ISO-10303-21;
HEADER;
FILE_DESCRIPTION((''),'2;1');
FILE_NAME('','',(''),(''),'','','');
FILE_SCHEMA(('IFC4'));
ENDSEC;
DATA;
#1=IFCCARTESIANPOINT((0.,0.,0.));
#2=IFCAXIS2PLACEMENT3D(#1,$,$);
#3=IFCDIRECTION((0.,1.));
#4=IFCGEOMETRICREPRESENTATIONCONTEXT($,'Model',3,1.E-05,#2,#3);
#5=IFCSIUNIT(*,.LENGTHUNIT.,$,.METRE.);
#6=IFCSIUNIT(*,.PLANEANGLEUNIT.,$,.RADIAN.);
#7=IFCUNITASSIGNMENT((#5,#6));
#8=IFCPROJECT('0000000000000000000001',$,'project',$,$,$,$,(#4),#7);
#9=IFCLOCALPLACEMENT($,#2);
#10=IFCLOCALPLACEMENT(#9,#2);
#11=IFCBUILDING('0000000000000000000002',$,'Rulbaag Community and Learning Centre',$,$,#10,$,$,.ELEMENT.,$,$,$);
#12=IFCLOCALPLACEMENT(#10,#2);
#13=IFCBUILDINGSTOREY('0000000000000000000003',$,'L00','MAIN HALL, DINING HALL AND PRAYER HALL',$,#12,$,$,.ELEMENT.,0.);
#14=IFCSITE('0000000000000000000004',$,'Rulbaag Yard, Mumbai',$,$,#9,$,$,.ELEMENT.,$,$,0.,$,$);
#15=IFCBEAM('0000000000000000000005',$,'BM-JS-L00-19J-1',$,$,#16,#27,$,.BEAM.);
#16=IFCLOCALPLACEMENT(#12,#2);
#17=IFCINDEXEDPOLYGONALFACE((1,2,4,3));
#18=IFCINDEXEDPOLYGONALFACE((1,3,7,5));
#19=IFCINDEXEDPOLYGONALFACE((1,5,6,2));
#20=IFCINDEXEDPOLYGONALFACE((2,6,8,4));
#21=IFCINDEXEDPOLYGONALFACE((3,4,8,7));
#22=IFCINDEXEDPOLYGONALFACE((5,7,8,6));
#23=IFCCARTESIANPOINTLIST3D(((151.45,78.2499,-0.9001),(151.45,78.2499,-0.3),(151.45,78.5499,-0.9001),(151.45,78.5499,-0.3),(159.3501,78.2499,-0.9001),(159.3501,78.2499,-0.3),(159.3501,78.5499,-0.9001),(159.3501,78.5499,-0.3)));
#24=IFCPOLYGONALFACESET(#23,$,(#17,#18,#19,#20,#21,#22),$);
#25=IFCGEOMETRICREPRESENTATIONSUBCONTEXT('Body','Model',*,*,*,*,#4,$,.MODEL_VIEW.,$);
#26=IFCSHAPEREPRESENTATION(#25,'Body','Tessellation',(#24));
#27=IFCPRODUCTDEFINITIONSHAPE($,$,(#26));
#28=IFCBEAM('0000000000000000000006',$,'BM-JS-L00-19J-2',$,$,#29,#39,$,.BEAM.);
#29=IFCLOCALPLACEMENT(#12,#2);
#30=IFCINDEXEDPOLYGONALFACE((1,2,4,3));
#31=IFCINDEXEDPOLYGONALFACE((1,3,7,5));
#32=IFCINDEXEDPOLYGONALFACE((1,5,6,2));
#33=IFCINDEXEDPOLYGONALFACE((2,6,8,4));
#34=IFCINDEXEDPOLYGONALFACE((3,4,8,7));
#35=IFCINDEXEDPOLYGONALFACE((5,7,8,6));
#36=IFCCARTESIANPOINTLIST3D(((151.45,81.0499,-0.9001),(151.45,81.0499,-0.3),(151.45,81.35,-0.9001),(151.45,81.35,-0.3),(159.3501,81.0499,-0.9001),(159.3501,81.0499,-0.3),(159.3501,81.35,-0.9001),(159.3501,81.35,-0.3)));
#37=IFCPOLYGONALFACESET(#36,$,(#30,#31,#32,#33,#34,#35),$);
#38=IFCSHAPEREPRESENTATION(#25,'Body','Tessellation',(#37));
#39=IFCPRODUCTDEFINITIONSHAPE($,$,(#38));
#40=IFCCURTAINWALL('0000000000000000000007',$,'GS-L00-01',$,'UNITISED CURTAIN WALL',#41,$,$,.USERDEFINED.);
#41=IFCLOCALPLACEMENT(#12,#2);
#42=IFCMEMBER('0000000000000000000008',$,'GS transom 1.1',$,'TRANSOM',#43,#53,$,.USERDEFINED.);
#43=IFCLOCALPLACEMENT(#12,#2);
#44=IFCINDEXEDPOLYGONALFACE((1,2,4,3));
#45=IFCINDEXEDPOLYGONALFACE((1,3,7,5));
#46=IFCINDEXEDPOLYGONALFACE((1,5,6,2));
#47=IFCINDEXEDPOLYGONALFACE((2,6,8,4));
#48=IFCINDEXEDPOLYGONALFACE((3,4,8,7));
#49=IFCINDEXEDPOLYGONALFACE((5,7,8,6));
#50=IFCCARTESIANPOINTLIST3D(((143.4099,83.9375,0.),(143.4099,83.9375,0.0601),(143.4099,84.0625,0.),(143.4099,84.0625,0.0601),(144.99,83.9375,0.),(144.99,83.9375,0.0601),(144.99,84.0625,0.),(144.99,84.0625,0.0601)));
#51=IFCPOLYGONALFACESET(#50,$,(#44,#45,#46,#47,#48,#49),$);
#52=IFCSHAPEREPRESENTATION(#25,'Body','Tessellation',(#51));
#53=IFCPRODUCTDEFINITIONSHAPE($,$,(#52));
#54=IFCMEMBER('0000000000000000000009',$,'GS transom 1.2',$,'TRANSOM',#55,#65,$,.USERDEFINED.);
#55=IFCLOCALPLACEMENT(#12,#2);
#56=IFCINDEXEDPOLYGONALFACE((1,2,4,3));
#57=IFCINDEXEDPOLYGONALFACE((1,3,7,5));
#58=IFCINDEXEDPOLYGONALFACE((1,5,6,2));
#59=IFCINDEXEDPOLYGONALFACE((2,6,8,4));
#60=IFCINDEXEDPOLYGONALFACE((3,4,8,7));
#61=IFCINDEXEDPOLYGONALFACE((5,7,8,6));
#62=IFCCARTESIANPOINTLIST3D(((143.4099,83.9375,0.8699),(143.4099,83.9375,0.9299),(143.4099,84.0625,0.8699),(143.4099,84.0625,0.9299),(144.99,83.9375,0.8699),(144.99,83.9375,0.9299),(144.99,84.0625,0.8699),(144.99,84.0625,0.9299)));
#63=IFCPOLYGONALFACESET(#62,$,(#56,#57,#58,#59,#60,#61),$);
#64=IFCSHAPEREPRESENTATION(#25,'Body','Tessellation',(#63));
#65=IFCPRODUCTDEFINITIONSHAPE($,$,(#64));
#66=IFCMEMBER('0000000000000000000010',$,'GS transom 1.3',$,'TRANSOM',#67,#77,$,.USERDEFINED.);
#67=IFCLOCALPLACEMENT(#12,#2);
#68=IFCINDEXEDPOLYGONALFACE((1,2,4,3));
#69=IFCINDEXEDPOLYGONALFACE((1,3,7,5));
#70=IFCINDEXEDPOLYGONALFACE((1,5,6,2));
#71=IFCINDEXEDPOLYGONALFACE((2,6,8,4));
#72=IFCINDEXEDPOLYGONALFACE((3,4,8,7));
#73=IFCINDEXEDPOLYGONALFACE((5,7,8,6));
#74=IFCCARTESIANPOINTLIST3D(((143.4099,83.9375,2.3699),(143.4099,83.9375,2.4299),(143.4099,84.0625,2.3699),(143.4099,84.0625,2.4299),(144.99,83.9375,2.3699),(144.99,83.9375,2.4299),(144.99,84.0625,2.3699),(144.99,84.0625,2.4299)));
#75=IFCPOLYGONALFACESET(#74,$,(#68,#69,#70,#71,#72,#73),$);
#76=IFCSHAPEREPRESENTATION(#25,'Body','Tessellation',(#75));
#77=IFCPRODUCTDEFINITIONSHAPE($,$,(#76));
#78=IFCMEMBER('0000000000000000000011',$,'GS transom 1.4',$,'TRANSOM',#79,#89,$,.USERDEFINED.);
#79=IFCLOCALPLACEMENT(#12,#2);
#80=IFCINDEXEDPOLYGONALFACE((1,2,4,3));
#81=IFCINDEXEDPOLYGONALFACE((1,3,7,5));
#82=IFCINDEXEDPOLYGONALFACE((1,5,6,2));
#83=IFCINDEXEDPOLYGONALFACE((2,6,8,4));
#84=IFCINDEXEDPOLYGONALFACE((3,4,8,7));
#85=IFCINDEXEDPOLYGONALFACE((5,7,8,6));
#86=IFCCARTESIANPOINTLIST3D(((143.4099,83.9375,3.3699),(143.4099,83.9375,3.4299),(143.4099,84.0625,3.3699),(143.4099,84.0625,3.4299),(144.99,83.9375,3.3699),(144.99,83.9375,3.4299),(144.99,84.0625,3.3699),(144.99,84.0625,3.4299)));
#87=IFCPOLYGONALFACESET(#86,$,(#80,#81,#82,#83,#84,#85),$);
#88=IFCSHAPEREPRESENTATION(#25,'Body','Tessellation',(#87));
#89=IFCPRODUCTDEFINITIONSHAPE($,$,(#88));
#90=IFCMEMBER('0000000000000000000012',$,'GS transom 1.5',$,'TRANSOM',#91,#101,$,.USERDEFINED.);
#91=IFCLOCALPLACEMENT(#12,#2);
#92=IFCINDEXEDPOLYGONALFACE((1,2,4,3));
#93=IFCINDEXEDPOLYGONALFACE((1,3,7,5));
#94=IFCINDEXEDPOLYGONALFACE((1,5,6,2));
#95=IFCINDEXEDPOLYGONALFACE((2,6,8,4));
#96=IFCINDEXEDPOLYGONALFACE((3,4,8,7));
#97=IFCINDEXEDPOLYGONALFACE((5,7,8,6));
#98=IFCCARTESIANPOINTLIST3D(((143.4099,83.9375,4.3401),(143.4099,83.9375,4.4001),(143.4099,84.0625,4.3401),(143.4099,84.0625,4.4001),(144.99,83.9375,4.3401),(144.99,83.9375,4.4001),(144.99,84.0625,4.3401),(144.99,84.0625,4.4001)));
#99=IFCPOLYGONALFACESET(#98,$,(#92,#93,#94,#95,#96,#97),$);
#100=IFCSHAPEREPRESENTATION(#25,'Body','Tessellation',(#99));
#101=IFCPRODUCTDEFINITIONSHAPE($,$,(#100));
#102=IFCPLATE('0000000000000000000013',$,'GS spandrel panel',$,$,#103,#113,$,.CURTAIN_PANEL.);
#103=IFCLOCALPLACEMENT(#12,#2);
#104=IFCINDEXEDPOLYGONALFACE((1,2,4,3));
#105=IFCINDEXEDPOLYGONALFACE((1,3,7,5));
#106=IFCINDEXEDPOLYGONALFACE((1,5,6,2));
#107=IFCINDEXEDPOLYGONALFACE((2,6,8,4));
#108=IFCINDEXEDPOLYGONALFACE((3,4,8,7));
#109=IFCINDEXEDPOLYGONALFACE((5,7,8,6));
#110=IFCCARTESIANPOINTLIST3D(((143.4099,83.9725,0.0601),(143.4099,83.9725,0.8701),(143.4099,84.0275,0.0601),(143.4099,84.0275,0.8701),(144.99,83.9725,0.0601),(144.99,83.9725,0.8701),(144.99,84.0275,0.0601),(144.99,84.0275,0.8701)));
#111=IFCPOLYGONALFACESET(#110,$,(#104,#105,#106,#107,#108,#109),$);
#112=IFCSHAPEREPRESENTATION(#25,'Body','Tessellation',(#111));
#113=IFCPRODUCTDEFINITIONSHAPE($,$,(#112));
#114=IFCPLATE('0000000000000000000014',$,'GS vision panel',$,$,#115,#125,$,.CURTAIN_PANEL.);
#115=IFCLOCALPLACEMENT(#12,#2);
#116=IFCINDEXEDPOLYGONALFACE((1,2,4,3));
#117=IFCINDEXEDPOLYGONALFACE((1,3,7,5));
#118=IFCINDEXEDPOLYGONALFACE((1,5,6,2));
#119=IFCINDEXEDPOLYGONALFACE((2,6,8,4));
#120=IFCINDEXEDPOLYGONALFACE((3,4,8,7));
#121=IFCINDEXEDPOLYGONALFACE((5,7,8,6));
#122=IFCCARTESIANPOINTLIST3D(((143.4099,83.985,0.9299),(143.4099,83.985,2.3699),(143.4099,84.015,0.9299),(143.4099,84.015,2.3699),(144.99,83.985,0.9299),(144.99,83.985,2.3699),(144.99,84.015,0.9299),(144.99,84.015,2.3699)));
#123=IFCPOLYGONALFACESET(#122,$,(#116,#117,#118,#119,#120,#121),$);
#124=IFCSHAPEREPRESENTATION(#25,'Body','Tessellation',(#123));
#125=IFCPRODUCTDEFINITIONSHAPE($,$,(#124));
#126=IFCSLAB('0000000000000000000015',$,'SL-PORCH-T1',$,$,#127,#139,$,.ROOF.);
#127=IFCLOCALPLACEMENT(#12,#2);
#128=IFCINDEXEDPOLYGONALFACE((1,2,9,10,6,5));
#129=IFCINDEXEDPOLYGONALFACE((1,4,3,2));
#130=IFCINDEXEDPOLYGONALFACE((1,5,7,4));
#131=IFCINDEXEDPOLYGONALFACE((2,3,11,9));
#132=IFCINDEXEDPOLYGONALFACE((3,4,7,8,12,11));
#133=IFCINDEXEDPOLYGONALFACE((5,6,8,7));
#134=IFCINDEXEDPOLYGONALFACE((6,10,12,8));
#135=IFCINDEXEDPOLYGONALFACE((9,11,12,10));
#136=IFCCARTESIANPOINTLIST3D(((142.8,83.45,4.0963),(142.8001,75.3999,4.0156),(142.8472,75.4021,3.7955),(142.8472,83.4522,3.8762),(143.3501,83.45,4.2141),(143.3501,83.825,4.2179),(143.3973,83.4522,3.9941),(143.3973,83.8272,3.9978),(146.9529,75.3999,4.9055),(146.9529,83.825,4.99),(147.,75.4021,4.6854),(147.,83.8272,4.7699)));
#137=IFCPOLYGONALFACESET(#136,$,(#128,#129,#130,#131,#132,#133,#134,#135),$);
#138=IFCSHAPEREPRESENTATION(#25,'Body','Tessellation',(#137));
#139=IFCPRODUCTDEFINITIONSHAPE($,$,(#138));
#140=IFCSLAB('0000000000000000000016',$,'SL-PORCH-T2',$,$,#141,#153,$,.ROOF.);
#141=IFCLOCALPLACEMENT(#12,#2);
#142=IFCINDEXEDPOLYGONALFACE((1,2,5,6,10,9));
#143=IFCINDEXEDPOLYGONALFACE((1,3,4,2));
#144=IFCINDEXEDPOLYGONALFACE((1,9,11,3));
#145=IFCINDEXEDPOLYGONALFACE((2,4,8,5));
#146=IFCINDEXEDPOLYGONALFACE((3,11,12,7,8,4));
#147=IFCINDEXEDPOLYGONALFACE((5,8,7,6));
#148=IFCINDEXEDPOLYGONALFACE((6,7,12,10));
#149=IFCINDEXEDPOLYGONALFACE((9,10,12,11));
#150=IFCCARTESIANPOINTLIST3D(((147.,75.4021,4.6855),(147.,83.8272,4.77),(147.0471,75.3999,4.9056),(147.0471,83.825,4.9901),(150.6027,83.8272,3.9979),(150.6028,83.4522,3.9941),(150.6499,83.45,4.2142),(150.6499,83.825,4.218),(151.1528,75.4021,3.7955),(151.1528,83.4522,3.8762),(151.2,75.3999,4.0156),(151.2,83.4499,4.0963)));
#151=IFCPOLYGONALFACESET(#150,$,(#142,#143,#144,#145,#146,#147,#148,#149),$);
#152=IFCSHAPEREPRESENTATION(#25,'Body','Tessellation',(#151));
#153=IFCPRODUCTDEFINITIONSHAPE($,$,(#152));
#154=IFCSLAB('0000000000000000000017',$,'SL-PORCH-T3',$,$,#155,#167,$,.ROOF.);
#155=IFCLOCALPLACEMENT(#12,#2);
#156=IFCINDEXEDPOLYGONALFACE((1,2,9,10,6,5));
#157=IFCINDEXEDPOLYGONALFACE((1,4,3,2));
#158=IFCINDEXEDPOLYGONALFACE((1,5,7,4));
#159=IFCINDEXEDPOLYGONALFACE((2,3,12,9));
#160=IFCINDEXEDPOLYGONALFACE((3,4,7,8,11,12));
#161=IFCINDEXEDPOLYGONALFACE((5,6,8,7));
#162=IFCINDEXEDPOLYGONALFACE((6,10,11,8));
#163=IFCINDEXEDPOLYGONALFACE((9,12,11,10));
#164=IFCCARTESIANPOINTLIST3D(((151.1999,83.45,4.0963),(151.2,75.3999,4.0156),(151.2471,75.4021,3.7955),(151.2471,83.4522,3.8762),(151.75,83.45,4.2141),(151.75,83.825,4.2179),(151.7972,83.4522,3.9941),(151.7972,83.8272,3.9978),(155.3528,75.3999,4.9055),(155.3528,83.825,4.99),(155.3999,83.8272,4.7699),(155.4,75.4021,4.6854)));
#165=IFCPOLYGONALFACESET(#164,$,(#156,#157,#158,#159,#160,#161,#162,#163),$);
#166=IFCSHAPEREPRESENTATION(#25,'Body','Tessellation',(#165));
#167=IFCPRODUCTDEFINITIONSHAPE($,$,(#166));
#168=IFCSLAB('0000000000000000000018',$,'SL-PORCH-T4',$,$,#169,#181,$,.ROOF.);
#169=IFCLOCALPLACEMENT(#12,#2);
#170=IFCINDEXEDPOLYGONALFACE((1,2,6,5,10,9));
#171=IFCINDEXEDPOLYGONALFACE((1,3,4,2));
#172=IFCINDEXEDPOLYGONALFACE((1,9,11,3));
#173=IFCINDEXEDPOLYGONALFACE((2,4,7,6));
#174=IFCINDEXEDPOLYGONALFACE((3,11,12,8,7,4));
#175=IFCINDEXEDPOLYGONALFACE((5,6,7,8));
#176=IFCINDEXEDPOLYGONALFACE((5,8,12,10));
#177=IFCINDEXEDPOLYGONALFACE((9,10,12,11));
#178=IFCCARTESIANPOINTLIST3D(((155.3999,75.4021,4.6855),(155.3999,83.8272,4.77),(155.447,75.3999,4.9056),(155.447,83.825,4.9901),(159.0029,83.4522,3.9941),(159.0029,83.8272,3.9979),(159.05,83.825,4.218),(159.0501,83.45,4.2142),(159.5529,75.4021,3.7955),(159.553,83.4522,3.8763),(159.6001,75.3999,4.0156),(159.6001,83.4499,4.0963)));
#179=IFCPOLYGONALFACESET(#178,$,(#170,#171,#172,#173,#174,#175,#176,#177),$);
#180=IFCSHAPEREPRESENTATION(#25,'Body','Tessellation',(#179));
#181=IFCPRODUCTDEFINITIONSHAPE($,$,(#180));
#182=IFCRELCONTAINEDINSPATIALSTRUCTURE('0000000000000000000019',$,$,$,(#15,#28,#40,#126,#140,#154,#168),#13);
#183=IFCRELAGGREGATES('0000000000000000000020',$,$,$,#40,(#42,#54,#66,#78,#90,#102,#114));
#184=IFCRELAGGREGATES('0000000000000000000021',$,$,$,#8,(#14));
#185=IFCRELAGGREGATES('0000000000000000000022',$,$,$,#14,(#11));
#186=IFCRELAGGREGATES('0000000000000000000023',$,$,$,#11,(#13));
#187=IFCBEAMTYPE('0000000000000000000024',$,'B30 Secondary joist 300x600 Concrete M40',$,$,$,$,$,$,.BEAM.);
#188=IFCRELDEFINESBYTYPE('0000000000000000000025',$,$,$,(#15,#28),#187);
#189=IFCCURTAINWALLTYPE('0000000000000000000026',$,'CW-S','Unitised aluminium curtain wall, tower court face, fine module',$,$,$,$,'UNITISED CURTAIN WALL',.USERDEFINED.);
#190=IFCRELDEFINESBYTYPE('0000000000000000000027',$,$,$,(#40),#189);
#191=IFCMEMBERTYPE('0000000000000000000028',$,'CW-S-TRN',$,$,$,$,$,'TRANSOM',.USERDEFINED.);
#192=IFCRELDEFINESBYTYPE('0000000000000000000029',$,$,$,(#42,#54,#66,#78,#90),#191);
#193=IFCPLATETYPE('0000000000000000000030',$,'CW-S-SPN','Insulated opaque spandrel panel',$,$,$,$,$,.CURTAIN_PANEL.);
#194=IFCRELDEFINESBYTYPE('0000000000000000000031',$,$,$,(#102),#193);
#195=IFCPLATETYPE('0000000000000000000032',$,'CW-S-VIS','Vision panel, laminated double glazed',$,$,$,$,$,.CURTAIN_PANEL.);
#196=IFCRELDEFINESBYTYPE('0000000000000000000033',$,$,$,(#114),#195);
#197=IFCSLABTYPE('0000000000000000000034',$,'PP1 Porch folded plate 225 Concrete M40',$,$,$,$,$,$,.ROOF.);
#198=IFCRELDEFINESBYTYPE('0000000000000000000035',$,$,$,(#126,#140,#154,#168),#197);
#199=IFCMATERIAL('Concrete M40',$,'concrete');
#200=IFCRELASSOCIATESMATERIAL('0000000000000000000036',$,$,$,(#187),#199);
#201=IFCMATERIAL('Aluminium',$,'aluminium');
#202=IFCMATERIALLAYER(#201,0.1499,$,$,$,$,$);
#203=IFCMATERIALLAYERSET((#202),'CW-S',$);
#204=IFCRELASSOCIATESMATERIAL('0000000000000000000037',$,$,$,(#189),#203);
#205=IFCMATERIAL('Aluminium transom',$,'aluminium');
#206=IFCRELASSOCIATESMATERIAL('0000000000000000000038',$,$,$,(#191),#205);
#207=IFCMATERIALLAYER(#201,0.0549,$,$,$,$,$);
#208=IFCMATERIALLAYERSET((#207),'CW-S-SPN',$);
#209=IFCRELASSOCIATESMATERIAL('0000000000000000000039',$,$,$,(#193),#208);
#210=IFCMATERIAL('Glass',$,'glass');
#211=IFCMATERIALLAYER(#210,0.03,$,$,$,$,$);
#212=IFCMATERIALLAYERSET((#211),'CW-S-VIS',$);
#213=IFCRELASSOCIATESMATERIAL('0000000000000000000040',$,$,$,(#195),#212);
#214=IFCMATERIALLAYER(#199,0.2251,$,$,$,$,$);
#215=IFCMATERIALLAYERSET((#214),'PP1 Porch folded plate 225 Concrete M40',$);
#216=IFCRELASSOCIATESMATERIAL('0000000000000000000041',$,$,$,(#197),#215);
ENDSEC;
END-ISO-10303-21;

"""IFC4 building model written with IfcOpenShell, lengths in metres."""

from ifc_helpers import new_model, si_unit, direction, frame, origin, origin_2d, place, context, subcontext, project, spatial, polyline, rectangle, outline, extrude, material, layer, layer_set, material_profile, profile_set, type_object, element, aggregate, save


model = new_model("IFC4")

# Units and contexts
model_context = context("Model", 3, precision=1e-05, world=origin(), true_north=direction((0.0, 1.0)))
body_context = subcontext(model_context, "Body", "Model", "MODEL_VIEW")
ifc_project = project(units=[si_unit("LENGTHUNIT", "METRE"), si_unit("PLANEANGLEUNIT", "RADIAN")], contexts=[model_context])

# Site, building, storey
site_placement = place(None, origin())
site = spatial("IfcSite", under=ifc_project, at=site_placement, Name="Rulbaag Yard, Mumbai", CompositionType="ELEMENT", RefElevation=0.0)
building_placement = place(site_placement, origin())
building = spatial("IfcBuilding", under=site, at=building_placement, Name="Rulbaag Community and Learning Centre", CompositionType="ELEMENT")
storey_placement = place(building_placement, origin())
storey = spatial("IfcBuildingStorey", under=building, at=storey_placement, Name="L00", Description="MAIN HALL, DINING HALL AND PRAYER HALL", CompositionType="ELEMENT", Elevation=0.0)

# Shared definitions
ifc_material_1 = material(Name="Concrete M40", Category="concrete")

# Beams
ifc_material_profile_1 = material_profile(ifc_material_1, rectangle(XDim=0.3, YDim=0.6001, at=origin_2d()), Name="RB300x600")
ifc_profile_set_1 = profile_set([ifc_material_profile_1], Name="Concrete M40")
beam_type_1 = type_object("IfcBeamType", Name="B30 Secondary joist 300x600 Concrete M40", PredefinedType="BEAM", material=ifc_profile_set_1)
for number, where, z_axis, x_axis, name in (
    (1, (151.45, 78.3999, -0.6001), (1.0, 0.0, 0.0), (0.0, 1.0, 0.0), "BM-JS-L00-19J-1"),
    (2, (151.45, 81.2, -0.6001), (1.0, 0.0, 0.0), (0.0, 1.0, 0.0), "BM-JS-L00-19J-2"),
):
    element("IfcBeam", number, at=place(storey_placement, frame(where, z_axis=z_axis, x_axis=x_axis)), inside=storey, type_object=beam_type_1, Name=name, PredefinedType="BEAM", context=body_context, shape_type="SweptSolid", body=[
        extrude(rectangle(XDim=0.3, YDim=0.6001, at=origin_2d()), origin(), (0.0, 0.0, 1.0), 7.9001),
    ])

# Curtain wall, members, plates
ifc_material_2 = material(Name="Aluminium", Category="aluminium")
ifc_layer_1 = layer(ifc_material_2, 0.1499)
ifc_layer_set_1 = layer_set([ifc_layer_1], Name="CW-S")
curtain_wall_type = type_object("IfcCurtainWallType", Name="CW-S", Description="Unitised aluminium curtain wall, tower court face, fine module", ElementType="UNITISED CURTAIN WALL", PredefinedType="USERDEFINED", material=ifc_layer_set_1)
curtain_wall_placement = place(storey_placement, origin())
curtain_wall = element("IfcCurtainWall", 3, at=curtain_wall_placement, inside=storey, type_object=curtain_wall_type, Name="GS-L00-01", ObjectType="UNITISED CURTAIN WALL", PredefinedType="USERDEFINED")
ifc_material_3 = material(Name="Aluminium transom", Category="aluminium")
ifc_material_profile_2 = material_profile(ifc_material_3, rectangle(XDim=0.125, YDim=0.0601, at=origin_2d()), Name="AL 60x125 T")
ifc_profile_set_2 = profile_set([ifc_material_profile_2], Name="Aluminium transom")
member_type = type_object("IfcMemberType", Name="CW-S-TRN", ElementType="TRANSOM", PredefinedType="USERDEFINED", material=ifc_profile_set_2)
member_1_placement = place(storey_placement, frame((143.4099, 84.0, 0.03), z_axis=(1.0, 0.0, 0.0), x_axis=(0.0, 1.0, 0.0)))
member_1 = element("IfcMember", 4, at=member_1_placement, type_object=member_type, Name="GS transom 1.1", ObjectType="TRANSOM", PredefinedType="USERDEFINED", context=body_context, shape_type="SweptSolid", body=[
    extrude(rectangle(XDim=0.125, YDim=0.0601, at=origin_2d()), origin(), (0.0, 0.0, 1.0), 1.5801),
])
member_2_placement = place(storey_placement, frame((143.4099, 84.0, 0.8999), z_axis=(1.0, 0.0, 0.0), x_axis=(0.0, 1.0, 0.0)))
member_2 = element("IfcMember", 5, at=member_2_placement, type_object=member_type, Name="GS transom 1.2", ObjectType="TRANSOM", PredefinedType="USERDEFINED", context=body_context, shape_type="SweptSolid", body=[
    extrude(rectangle(XDim=0.125, YDim=0.0601, at=origin_2d()), origin(), (0.0, 0.0, 1.0), 1.5801),
])
member_3_placement = place(storey_placement, frame((143.4099, 84.0, 2.3999), z_axis=(1.0, 0.0, 0.0), x_axis=(0.0, 1.0, 0.0)))
member_3 = element("IfcMember", 6, at=member_3_placement, type_object=member_type, Name="GS transom 1.3", ObjectType="TRANSOM", PredefinedType="USERDEFINED", context=body_context, shape_type="SweptSolid", body=[
    extrude(rectangle(XDim=0.125, YDim=0.0601, at=origin_2d()), origin(), (0.0, 0.0, 1.0), 1.5801),
])
member_4_placement = place(storey_placement, frame((143.4099, 84.0, 3.3999), z_axis=(1.0, 0.0, 0.0), x_axis=(0.0, 1.0, 0.0)))
member_4 = element("IfcMember", 7, at=member_4_placement, type_object=member_type, Name="GS transom 1.4", ObjectType="TRANSOM", PredefinedType="USERDEFINED", context=body_context, shape_type="SweptSolid", body=[
    extrude(rectangle(XDim=0.125, YDim=0.0601, at=origin_2d()), origin(), (0.0, 0.0, 1.0), 1.5801),
])
member_5_placement = place(storey_placement, frame((143.4099, 84.0, 4.3701), z_axis=(1.0, 0.0, 0.0), x_axis=(0.0, 1.0, 0.0)))
member_5 = element("IfcMember", 8, at=member_5_placement, type_object=member_type, Name="GS transom 1.5", ObjectType="TRANSOM", PredefinedType="USERDEFINED", context=body_context, shape_type="SweptSolid", body=[
    extrude(rectangle(XDim=0.125, YDim=0.0601, at=origin_2d()), origin(), (0.0, 0.0, 1.0), 1.5801),
])
ifc_layer_2 = layer(ifc_material_2, 0.0549)
ifc_layer_set_2 = layer_set([ifc_layer_2], Name="CW-S-SPN")
plate_type_1 = type_object("IfcPlateType", Name="CW-S-SPN", Description="Insulated opaque spandrel panel", PredefinedType="CURTAIN_PANEL", material=ifc_layer_set_2)
plate_1_placement = place(storey_placement, frame((144.2, 84.0, 0.0601), z_axis=(0.0, 0.0, 1.0), x_axis=(1.0, 0.0, 0.0)))
plate_1 = element("IfcPlate", 9, at=plate_1_placement, type_object=plate_type_1, Name="GS spandrel panel", PredefinedType="CURTAIN_PANEL", context=body_context, shape_type="SweptSolid", body=[
    extrude(rectangle(XDim=1.5801, YDim=0.0549, at=origin_2d()), origin(), (0.0, 0.0, 1.0), 0.8101),
])
ifc_material_4 = material(Name="Glass", Category="glass")
ifc_layer_3 = layer(ifc_material_4, 0.03)
ifc_layer_set_3 = layer_set([ifc_layer_3], Name="CW-S-VIS")
plate_type_2 = type_object("IfcPlateType", Name="CW-S-VIS", Description="Vision panel, laminated double glazed", PredefinedType="CURTAIN_PANEL", material=ifc_layer_set_3)
plate_2_placement = place(storey_placement, frame((144.2, 84.0, 0.9299), z_axis=(0.0, 0.0, 1.0), x_axis=(1.0, 0.0, 0.0)))
plate_2 = element("IfcPlate", 10, at=plate_2_placement, type_object=plate_type_2, Name="GS vision panel", PredefinedType="CURTAIN_PANEL", context=body_context, shape_type="SweptSolid", body=[
    extrude(rectangle(XDim=1.5801, YDim=0.03, at=origin_2d()), origin(), (0.0, 0.0, 1.0), 1.4399),
])
aggregate(curtain_wall, [member_1, member_2, member_3, member_4, member_5, plate_1, plate_2])

# Slabs
ifc_layer_4 = layer(ifc_material_1, 0.2251)
ifc_layer_set_4 = layer_set([ifc_layer_4], Name="PP1 Porch folded plate 225 Concrete M40")
slab_type = type_object("IfcSlabType", Name="PP1 Porch folded plate 225 Concrete M40", PredefinedType="ROOF", material=ifc_layer_set_4)
slab_1_placement = place(storey_placement, frame((146.9529, 83.825, 4.99), z_axis=(-0.209535, -0.009804, 0.977752), x_axis=(0.0, -0.99995, -0.010027)))
element("IfcSlab", 11, at=slab_1_placement, inside=storey, type_object=slab_type, Name="SL-PORCH-T1", PredefinedType="ROOF", context=body_context, shape_type="SweptSolid", body=[
    extrude(outline(polyline([(0.0, 0.0), (8.4255, 0.0), (8.4344, -4.2471), (0.3839, -4.2471), (0.3828, -3.6846), (0.0077, -3.6846), (0.0, 0.0)])), origin(), (0.0, 0.0, -1.0), 0.2251),
])
slab_2_placement = place(storey_placement, frame((151.2, 75.3999, 4.0156), z_axis=(0.209535, -0.009804, 0.977752), x_axis=(-0.977799, 0.0, 0.209545)))
element("IfcSlab", 12, at=slab_2_placement, inside=storey, type_object=slab_type, Name="SL-PORCH-T2", PredefinedType="ROOF", context=body_context, shape_type="SweptSolid", body=[
    extrude(outline(polyline([(0.0, 0.0), (4.2471, 0.0), (4.2648, -8.4255), (0.5802, -8.4255), (0.5794, -8.0504), (0.0169, -8.0504), (0.0, 0.0)])), origin(), (0.0, 0.0, -1.0), 0.2251),
])
slab_3_placement = place(storey_placement, frame((155.3528, 83.825, 4.99), z_axis=(-0.209535, -0.009804, 0.977752), x_axis=(0.0, -0.99995, -0.010027)))
element("IfcSlab", 13, at=slab_3_placement, inside=storey, type_object=slab_type, Name="SL-PORCH-T3", PredefinedType="ROOF", context=body_context, shape_type="SweptSolid", body=[
    extrude(outline(polyline([(0.0, 0.0), (8.4255, 0.0), (8.4344, -4.2471), (0.3839, -4.2471), (0.3828, -3.6846), (0.0077, -3.6846), (0.0, 0.0)])), origin(), (0.0, 0.0, -1.0), 0.2251),
])
slab_4_placement = place(storey_placement, frame((159.6001, 75.3999, 4.0156), z_axis=(0.209523, -0.009805, 0.977755), x_axis=(-0.977802, 0.0, 0.209533)))
element("IfcSlab", 14, at=slab_4_placement, inside=storey, type_object=slab_type, Name="SL-PORCH-T4", PredefinedType="ROOF", context=body_context, shape_type="SweptSolid", body=[
    extrude(outline(polyline([(0.0, 0.0), (4.2473, 0.0), (4.265, -8.4255), (0.5802, -8.4255), (0.5794, -8.0504), (0.0169, -8.0504), (0.0, 0.0)])), origin(), (0.0, 0.0, -1.0), 0.2251),
])

save(model, "model.ifc")
